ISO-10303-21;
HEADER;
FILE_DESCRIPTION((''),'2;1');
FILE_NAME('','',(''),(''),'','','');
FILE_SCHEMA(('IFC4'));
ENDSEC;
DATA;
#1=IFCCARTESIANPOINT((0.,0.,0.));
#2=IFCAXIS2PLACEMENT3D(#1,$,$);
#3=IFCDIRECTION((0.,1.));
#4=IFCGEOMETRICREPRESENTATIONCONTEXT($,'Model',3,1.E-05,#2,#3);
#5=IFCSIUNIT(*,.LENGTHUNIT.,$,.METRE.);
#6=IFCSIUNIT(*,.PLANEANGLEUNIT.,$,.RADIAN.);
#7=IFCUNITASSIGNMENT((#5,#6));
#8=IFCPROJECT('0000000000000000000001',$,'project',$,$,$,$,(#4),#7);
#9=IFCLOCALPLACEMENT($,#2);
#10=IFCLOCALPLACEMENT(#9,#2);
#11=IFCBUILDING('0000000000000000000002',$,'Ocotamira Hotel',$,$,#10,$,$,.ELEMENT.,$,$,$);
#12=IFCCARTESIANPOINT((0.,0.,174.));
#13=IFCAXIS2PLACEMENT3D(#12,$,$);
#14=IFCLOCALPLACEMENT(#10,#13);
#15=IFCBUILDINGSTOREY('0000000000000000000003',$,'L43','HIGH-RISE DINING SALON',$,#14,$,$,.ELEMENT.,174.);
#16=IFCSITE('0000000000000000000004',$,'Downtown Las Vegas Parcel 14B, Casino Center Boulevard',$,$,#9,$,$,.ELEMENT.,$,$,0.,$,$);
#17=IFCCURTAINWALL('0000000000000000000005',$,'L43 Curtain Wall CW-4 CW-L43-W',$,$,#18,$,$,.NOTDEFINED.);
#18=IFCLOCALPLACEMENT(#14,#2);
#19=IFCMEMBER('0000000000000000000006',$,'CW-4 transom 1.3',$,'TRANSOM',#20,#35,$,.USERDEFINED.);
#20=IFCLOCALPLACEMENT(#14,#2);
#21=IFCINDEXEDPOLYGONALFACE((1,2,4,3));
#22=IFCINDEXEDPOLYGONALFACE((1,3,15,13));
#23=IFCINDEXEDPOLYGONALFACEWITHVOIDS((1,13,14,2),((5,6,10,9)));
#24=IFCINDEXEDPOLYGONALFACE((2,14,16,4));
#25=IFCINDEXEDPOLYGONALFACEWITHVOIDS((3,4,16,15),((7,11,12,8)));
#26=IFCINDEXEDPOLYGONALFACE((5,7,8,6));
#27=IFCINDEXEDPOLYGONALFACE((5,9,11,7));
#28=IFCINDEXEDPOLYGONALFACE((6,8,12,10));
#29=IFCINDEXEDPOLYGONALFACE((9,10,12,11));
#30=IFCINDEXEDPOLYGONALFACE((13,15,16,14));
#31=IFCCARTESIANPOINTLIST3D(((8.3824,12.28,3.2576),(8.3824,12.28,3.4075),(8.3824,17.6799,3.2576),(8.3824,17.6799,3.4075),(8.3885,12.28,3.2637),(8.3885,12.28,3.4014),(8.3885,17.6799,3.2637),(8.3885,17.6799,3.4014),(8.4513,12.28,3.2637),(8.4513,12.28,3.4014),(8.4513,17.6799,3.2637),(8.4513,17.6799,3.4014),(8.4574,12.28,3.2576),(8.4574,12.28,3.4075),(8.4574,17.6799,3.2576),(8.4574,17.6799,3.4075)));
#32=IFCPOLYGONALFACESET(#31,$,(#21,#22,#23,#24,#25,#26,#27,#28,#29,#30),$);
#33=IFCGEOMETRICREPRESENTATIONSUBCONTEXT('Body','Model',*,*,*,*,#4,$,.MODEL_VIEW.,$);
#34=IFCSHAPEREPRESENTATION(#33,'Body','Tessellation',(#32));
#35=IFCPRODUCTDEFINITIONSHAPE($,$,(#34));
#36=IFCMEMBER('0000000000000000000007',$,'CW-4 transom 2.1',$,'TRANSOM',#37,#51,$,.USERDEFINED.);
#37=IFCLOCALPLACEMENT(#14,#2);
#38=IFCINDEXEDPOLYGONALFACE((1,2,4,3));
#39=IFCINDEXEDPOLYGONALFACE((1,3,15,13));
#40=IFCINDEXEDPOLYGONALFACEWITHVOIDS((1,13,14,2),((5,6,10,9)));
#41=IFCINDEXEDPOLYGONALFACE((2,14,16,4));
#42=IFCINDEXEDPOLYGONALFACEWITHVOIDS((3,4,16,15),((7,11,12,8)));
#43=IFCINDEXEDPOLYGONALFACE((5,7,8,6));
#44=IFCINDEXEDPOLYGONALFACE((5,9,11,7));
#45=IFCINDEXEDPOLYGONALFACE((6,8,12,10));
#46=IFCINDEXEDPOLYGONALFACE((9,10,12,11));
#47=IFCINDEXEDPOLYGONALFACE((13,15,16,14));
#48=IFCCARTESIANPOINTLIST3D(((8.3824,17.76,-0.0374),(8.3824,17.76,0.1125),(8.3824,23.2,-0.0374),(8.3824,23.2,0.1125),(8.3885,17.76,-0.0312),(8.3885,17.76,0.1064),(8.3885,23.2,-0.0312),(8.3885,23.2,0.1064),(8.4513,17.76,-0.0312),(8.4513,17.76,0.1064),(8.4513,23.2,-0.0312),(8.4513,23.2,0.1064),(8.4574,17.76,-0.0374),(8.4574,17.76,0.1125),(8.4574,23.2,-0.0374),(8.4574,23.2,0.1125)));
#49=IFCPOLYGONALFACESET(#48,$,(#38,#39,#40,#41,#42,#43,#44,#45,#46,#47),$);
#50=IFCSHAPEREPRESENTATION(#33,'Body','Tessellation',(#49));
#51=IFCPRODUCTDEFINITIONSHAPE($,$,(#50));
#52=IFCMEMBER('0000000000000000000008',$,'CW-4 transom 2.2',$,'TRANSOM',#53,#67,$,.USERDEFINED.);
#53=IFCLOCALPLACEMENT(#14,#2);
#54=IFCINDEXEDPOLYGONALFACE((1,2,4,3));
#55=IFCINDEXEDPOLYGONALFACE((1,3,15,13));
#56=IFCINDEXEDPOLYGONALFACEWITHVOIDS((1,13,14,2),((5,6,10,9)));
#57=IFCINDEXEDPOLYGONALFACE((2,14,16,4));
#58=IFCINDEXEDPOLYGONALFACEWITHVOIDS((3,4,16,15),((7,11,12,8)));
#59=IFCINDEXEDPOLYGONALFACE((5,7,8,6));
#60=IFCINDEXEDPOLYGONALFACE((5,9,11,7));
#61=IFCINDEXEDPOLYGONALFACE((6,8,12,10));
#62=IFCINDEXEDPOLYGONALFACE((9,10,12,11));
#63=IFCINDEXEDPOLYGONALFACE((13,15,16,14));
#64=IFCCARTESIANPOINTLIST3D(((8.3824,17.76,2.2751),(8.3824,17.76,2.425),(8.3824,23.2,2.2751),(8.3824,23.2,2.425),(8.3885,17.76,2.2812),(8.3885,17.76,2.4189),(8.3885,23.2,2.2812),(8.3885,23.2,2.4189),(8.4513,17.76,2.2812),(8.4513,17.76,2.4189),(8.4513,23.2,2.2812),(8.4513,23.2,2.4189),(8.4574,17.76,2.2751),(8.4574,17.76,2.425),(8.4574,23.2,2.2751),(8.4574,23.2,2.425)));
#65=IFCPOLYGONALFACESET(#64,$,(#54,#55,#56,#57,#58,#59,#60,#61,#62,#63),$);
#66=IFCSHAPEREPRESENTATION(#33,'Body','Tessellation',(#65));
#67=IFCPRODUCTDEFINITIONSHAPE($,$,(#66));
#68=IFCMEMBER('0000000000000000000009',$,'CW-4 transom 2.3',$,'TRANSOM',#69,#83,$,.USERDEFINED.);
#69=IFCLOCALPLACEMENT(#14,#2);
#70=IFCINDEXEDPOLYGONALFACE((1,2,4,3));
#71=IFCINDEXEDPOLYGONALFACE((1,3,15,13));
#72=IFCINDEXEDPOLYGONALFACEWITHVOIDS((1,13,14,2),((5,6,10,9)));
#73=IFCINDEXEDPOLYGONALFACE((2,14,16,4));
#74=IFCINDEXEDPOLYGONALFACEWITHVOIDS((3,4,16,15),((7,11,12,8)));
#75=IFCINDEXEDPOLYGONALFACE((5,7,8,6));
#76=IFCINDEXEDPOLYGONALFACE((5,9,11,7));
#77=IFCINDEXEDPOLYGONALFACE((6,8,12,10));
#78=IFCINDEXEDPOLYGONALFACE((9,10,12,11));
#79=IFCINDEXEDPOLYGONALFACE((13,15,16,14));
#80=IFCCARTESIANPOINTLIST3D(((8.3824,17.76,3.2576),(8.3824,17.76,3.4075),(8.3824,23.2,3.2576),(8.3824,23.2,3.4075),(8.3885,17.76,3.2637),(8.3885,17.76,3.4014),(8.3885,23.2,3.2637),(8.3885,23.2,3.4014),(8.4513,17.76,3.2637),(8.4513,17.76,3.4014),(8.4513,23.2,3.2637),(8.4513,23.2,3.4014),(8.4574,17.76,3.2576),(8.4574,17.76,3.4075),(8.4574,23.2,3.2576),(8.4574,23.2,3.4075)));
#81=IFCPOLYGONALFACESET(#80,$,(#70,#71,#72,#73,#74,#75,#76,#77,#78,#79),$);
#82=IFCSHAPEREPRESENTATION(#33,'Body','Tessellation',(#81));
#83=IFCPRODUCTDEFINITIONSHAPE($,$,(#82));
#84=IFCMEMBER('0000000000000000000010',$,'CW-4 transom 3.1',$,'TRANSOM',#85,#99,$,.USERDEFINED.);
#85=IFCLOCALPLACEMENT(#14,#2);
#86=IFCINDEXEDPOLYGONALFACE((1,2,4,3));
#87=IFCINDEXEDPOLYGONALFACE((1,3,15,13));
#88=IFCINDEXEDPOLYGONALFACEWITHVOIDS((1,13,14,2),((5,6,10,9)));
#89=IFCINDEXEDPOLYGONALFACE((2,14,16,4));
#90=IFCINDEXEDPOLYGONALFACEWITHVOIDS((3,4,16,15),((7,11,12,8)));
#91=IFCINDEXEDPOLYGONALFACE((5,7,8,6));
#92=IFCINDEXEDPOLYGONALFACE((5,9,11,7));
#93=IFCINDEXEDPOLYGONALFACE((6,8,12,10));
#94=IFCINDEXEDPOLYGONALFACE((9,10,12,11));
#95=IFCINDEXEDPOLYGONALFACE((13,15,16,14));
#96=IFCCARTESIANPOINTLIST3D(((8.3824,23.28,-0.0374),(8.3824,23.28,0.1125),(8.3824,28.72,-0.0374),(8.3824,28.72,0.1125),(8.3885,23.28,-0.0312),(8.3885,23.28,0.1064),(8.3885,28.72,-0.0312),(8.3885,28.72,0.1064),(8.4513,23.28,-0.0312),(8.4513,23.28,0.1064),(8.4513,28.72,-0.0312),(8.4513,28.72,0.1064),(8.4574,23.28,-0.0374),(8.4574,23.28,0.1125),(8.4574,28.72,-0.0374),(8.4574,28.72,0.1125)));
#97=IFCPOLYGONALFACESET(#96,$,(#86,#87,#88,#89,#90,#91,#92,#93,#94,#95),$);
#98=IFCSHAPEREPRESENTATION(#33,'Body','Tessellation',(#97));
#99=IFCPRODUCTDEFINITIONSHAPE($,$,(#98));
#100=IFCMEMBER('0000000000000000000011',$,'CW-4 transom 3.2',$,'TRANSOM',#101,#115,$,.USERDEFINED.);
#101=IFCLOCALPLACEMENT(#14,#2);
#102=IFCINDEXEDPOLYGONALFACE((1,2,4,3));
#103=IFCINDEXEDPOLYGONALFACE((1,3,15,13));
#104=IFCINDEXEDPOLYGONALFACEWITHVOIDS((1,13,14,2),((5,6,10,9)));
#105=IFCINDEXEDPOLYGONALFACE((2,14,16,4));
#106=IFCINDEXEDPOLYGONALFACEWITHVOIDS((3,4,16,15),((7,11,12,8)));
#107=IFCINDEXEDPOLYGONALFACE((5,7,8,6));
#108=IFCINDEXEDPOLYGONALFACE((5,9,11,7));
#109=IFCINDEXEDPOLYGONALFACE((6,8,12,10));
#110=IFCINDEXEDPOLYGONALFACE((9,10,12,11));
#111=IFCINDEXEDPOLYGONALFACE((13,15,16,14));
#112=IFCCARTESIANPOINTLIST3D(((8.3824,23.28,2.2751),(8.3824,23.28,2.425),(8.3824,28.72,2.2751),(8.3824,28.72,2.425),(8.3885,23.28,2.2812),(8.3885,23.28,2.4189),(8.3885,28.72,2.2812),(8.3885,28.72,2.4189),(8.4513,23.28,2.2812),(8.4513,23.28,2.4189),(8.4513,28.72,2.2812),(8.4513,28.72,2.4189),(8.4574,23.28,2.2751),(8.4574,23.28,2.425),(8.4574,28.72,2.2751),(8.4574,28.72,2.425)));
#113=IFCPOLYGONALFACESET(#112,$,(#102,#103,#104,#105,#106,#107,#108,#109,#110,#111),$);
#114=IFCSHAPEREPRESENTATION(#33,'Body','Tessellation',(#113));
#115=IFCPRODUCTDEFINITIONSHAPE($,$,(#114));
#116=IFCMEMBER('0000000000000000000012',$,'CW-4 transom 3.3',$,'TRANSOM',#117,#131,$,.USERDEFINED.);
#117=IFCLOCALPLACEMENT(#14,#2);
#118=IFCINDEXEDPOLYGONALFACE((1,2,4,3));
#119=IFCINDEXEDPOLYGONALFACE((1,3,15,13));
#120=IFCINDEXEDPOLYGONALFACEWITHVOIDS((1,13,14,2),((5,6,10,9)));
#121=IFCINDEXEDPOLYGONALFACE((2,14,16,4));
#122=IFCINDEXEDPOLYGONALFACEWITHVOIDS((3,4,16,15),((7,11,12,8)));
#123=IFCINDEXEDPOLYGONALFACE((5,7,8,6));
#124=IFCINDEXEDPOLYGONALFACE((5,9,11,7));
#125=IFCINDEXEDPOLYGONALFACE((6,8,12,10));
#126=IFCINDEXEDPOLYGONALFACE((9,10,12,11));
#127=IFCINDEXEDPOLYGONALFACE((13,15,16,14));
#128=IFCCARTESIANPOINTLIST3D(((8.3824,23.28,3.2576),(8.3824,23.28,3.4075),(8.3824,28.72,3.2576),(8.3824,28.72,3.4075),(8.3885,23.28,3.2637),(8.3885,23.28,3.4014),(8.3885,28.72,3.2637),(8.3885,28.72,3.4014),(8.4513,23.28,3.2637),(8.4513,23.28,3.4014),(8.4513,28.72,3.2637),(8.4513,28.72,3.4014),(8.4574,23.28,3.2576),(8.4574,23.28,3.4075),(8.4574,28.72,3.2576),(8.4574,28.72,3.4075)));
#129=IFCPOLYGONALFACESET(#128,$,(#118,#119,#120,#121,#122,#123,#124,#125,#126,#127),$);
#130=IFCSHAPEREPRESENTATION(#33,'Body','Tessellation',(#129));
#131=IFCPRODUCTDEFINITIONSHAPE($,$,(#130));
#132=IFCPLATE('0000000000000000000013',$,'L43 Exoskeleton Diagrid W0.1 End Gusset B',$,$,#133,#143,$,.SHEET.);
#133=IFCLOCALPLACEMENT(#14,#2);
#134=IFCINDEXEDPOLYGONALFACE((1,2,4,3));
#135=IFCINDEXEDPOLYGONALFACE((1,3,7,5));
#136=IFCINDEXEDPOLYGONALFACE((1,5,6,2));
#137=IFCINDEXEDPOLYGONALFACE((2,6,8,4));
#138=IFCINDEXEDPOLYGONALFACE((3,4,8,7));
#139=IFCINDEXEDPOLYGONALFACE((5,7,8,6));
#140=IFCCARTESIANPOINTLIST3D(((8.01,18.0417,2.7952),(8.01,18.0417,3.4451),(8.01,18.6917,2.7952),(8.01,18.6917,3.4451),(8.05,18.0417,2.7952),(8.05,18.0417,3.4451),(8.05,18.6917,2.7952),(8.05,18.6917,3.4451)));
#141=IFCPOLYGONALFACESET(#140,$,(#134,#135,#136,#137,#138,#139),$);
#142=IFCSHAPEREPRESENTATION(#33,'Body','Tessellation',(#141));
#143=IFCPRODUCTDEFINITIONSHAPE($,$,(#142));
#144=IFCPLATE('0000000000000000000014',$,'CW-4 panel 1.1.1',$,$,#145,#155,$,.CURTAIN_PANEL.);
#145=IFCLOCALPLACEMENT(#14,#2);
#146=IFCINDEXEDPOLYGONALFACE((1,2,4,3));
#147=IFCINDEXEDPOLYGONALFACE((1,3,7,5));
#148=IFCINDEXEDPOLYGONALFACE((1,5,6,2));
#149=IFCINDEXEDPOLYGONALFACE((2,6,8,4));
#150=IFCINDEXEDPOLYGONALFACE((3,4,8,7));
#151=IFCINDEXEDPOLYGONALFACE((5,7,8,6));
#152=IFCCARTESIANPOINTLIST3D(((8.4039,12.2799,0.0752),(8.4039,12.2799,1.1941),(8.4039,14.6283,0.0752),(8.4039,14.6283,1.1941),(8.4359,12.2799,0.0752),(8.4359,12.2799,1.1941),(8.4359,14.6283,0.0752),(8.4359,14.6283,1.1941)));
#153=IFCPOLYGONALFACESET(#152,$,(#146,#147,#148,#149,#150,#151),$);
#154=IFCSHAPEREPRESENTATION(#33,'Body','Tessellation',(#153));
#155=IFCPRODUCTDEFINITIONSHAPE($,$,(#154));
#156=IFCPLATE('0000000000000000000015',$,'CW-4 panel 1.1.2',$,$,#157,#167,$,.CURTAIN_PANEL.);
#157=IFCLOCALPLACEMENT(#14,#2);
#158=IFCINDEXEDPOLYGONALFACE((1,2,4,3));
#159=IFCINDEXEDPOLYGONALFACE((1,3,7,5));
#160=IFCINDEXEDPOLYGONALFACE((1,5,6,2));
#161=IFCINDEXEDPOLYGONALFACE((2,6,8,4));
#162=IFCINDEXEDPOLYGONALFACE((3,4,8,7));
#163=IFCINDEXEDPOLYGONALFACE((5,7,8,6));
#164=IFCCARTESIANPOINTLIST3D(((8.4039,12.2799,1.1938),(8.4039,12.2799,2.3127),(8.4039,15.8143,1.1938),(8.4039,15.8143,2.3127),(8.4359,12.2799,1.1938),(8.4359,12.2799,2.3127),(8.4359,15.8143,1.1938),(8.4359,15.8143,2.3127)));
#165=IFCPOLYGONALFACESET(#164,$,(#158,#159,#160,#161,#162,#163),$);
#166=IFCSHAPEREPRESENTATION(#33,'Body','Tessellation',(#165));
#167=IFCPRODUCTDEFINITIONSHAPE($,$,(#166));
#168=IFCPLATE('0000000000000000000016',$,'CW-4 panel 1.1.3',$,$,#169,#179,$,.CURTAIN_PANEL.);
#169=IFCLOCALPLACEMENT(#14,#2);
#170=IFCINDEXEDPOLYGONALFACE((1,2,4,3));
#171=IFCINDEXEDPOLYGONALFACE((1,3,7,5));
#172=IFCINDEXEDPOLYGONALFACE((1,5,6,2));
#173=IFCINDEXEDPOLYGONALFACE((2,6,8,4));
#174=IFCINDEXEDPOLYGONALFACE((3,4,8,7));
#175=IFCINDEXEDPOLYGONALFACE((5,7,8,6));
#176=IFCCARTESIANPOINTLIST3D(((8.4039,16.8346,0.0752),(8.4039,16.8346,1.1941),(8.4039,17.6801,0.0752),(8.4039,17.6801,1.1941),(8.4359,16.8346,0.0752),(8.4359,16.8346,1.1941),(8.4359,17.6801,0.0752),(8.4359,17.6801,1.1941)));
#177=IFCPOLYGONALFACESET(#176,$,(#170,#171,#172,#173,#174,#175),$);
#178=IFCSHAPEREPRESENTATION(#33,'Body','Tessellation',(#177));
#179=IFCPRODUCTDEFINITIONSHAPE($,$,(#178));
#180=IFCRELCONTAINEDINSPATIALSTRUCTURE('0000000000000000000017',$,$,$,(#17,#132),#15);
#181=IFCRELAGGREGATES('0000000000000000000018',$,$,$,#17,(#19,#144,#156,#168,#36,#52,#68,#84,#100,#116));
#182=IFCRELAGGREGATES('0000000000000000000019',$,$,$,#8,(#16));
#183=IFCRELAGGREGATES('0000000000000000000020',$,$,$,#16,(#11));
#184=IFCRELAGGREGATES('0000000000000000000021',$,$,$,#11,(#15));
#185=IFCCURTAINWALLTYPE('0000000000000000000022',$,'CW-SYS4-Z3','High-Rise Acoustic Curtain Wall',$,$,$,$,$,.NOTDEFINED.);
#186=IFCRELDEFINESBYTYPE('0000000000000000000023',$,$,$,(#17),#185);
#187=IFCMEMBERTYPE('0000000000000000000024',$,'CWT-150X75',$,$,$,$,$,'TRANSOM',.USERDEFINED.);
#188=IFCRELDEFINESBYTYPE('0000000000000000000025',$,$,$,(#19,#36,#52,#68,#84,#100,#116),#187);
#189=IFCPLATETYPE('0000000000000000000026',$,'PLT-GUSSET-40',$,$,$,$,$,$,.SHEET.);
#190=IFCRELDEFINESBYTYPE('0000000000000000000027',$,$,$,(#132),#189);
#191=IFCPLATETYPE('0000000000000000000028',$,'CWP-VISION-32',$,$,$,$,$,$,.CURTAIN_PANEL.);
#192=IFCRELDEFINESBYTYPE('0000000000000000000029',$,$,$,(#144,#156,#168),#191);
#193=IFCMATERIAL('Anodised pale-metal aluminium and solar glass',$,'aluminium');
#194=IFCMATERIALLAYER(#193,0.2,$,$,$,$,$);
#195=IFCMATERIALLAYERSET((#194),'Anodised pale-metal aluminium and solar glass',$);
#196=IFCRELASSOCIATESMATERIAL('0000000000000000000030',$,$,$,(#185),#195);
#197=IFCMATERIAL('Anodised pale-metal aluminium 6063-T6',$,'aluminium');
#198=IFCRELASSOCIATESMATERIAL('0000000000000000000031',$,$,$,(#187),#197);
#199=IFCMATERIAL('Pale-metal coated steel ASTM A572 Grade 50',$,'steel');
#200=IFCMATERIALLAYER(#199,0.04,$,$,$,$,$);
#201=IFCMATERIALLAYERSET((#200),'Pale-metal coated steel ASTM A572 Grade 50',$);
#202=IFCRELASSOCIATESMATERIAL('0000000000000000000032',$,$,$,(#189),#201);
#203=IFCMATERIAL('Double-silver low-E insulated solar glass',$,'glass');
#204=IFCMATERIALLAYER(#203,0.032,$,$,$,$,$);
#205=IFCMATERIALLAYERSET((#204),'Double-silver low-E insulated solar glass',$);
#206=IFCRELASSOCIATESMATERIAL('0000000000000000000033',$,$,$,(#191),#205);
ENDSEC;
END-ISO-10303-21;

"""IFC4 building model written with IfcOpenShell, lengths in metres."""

from ifc_helpers import new_model, si_unit, direction, frame, origin, origin_2d, place, context, subcontext, project, spatial, rectangle, hollow_rectangle, extrude, source, transform, mapped, material, layer, layer_set, material_profile, profile_set, type_object, element, aggregate, save


model = new_model("IFC4")

# Units and contexts
model_context = context("Model", 3, precision=1e-05, world=origin(), true_north=direction((0.0, 1.0)))
body_context = subcontext(model_context, "Body", "Model", "MODEL_VIEW")
ifc_project = project(units=[si_unit("LENGTHUNIT", "METRE"), si_unit("PLANEANGLEUNIT", "RADIAN")], contexts=[model_context])

# Site, building, storey
site_placement = place(None, origin())
site = spatial("IfcSite", under=ifc_project, at=site_placement, Name="Downtown Las Vegas Parcel 14B, Casino Center Boulevard", CompositionType="ELEMENT", RefElevation=0.0)
building_placement = place(site_placement, origin())
building = spatial("IfcBuilding", under=site, at=building_placement, Name="Ocotamira Hotel", CompositionType="ELEMENT")
storey_placement = place(building_placement, frame((0.0, 0.0, 174.0)))
storey = spatial("IfcBuildingStorey", under=building, at=storey_placement, Name="L43", Description="HIGH-RISE DINING SALON", CompositionType="ELEMENT", Elevation=174.0)

# Curtain wall, members
ifc_material_1 = material(Name="Anodised pale-metal aluminium and solar glass", Category="aluminium")
ifc_layer_1 = layer(ifc_material_1, 0.2)
ifc_layer_set_1 = layer_set([ifc_layer_1], Name="Anodised pale-metal aluminium and solar glass")
curtain_wall_type = type_object("IfcCurtainWallType", Name="CW-SYS4-Z3", Description="High-Rise Acoustic Curtain Wall", PredefinedType="NOTDEFINED", material=ifc_layer_set_1)
curtain_wall_placement = place(storey_placement, origin())
curtain_wall = element("IfcCurtainWall", 1, at=curtain_wall_placement, inside=storey, type_object=curtain_wall_type, Name="L43 Curtain Wall CW-4 CW-L43-W", PredefinedType="NOTDEFINED")
ifc_material_2 = material(Name="Anodised pale-metal aluminium 6063-T6", Category="aluminium")
ifc_material_profile_1 = material_profile(ifc_material_2, hollow_rectangle(XDim=0.075, YDim=0.1499, WallThickness=0.0061, at=origin_2d()), Name="HSS150X75X6")
ifc_profile_set_1 = profile_set([ifc_material_profile_1], Name="Anodised pale-metal aluminium 6063-T6")
member_type_1 = type_object("IfcMemberType", Name="CWT-150X75", ElementType="TRANSOM", PredefinedType="USERDEFINED", material=ifc_profile_set_1)
shared_shape_1 = source(origin(), body_context, "Body", "SweptSolid", [
    extrude(hollow_rectangle(XDim=0.075, YDim=0.1499, WallThickness=0.0061, at=origin_2d()), origin(), (0.0, 0.0, 1.0), 5.3999),
])
member_1_placement = place(storey_placement, frame((8.4199, 12.28, 3.3325), z_axis=(0.0, 1.0, 0.0), x_axis=(-1.0, 0.0, 0.0)))
member_1 = element("IfcMember", 2, at=member_1_placement, type_object=member_type_1, Name="CW-4 transom 1.3", ObjectType="TRANSOM", PredefinedType="USERDEFINED", context=body_context, shape_type="MappedRepresentation", body=[
    mapped(shared_shape_1, transform((0.0, 0.0, 0.0), scale=1.0)),
])
shared_shape_2 = source(origin(), body_context, "Body", "SweptSolid", [
    extrude(hollow_rectangle(XDim=0.075, YDim=0.1499, WallThickness=0.0061, at=origin_2d()), origin(), (0.0, 0.0, 1.0), 5.4399),
])
member_2_placement = place(storey_placement, frame((8.4199, 17.76, 0.0376), z_axis=(0.0, 1.0, 0.0), x_axis=(-1.0, 0.0, 0.0)))
member_2 = element("IfcMember", 3, at=member_2_placement, type_object=member_type_1, Name="CW-4 transom 2.1", ObjectType="TRANSOM", PredefinedType="USERDEFINED", context=body_context, shape_type="MappedRepresentation", body=[
    mapped(shared_shape_2, transform((0.0, 0.0, 0.0), scale=1.0)),
])
member_3_placement = place(storey_placement, frame((8.4199, 17.76, 2.3501), z_axis=(0.0, 1.0, 0.0), x_axis=(-1.0, 0.0, 0.0)))
member_3 = element("IfcMember", 4, at=member_3_placement, type_object=member_type_1, Name="CW-4 transom 2.2", ObjectType="TRANSOM", PredefinedType="USERDEFINED", context=body_context, shape_type="MappedRepresentation", body=[
    mapped(shared_shape_2, transform((0.0, 0.0, 0.0), scale=1.0)),
])
member_4_placement = place(storey_placement, frame((8.4199, 17.76, 3.3325), z_axis=(0.0, 1.0, 0.0), x_axis=(-1.0, 0.0, 0.0)))
member_4 = element("IfcMember", 5, at=member_4_placement, type_object=member_type_1, Name="CW-4 transom 2.3", ObjectType="TRANSOM", PredefinedType="USERDEFINED", context=body_context, shape_type="MappedRepresentation", body=[
    mapped(shared_shape_2, transform((0.0, 0.0, 0.0), scale=1.0)),
])
member_5_placement = place(storey_placement, frame((8.4199, 23.28, 0.0376), z_axis=(0.0, 1.0, 0.0), x_axis=(-1.0, 0.0, 0.0)))
member_5 = element("IfcMember", 6, at=member_5_placement, type_object=member_type_1, Name="CW-4 transom 3.1", ObjectType="TRANSOM", PredefinedType="USERDEFINED", context=body_context, shape_type="MappedRepresentation", body=[
    mapped(shared_shape_2, transform((0.0, 0.0, 0.0), scale=1.0)),
])
member_6_placement = place(storey_placement, frame((8.4199, 23.28, 2.3501), z_axis=(0.0, 1.0, 0.0), x_axis=(-1.0, 0.0, 0.0)))
member_6 = element("IfcMember", 7, at=member_6_placement, type_object=member_type_1, Name="CW-4 transom 3.2", ObjectType="TRANSOM", PredefinedType="USERDEFINED", context=body_context, shape_type="MappedRepresentation", body=[
    mapped(shared_shape_2, transform((0.0, 0.0, 0.0), scale=1.0)),
])
member_7_placement = place(storey_placement, frame((8.4199, 23.28, 3.3325), z_axis=(0.0, 1.0, 0.0), x_axis=(-1.0, 0.0, 0.0)))
member_7 = element("IfcMember", 8, at=member_7_placement, type_object=member_type_1, Name="CW-4 transom 3.3", ObjectType="TRANSOM", PredefinedType="USERDEFINED", context=body_context, shape_type="MappedRepresentation", body=[
    mapped(shared_shape_2, transform((0.0, 0.0, 0.0), scale=1.0)),
])

# Plates
ifc_material_3 = material(Name="Pale-metal coated steel ASTM A572 Grade 50", Category="steel")
ifc_layer_2 = layer(ifc_material_3, 0.04)
ifc_layer_set_2 = layer_set([ifc_layer_2], Name="Pale-metal coated steel ASTM A572 Grade 50")
plate_type_1 = type_object("IfcPlateType", Name="PLT-GUSSET-40", PredefinedType="SHEET", material=ifc_layer_set_2)
shared_shape_3 = source(origin(), body_context, "Body", "SweptSolid", [
    extrude(rectangle(XDim=0.04, YDim=0.6499, at=origin_2d()), origin(), (0.0, 0.0, 1.0), 0.6499),
])
plate_1_placement = place(storey_placement, frame((8.03, 18.3667, 2.7952), z_axis=(0.0, 0.0, 1.0), x_axis=(1.0, 0.0, 0.0)))
element("IfcPlate", 9, at=plate_1_placement, inside=storey, type_object=plate_type_1, Name="L43 Exoskeleton Diagrid W0.1 End Gusset B", PredefinedType="SHEET", context=body_context, shape_type="MappedRepresentation", body=[
    mapped(shared_shape_3, transform((0.0, 0.0, 0.0), scale=1.0)),
])
ifc_material_4 = material(Name="Double-silver low-E insulated solar glass", Category="glass")
ifc_layer_3 = layer(ifc_material_4, 0.032)
ifc_layer_set_3 = layer_set([ifc_layer_3], Name="Double-silver low-E insulated solar glass")
plate_type_2 = type_object("IfcPlateType", Name="CWP-VISION-32", PredefinedType="CURTAIN_PANEL", material=ifc_layer_set_3)
shared_shape_4 = source(origin(), body_context, "Body", "SweptSolid", [
    extrude(rectangle(XDim=2.3484, YDim=0.032, at=origin_2d()), origin(), (0.0, 0.0, 1.0), 1.1189),
])
plate_2_placement = place(storey_placement, frame((8.4199, 13.4541, 0.0752), z_axis=(0.0, 0.0, 1.0), x_axis=(0.0, 1.0, 0.0)))
plate_2 = element("IfcPlate", 10, at=plate_2_placement, type_object=plate_type_2, Name="CW-4 panel 1.1.1", PredefinedType="CURTAIN_PANEL", context=body_context, shape_type="MappedRepresentation", body=[
    mapped(shared_shape_4, transform((0.0, 0.0, 0.0), scale=1.0)),
])
shared_shape_5 = source(origin(), body_context, "Body", "SweptSolid", [
    extrude(rectangle(XDim=3.5344, YDim=0.032, at=origin_2d()), origin(), (0.0, 0.0, 1.0), 1.1189),
])
plate_3_placement = place(storey_placement, frame((8.4199, 14.0471, 1.1938), z_axis=(0.0, 0.0, 1.0), x_axis=(0.0, 1.0, 0.0)))
plate_3 = element("IfcPlate", 11, at=plate_3_placement, type_object=plate_type_2, Name="CW-4 panel 1.1.2", PredefinedType="CURTAIN_PANEL", context=body_context, shape_type="MappedRepresentation", body=[
    mapped(shared_shape_5, transform((0.0, 0.0, 0.0), scale=1.0)),
])
shared_shape_6 = source(origin(), body_context, "Body", "SweptSolid", [
    extrude(rectangle(XDim=0.8455, YDim=0.032, at=origin_2d()), origin(), (0.0, 0.0, 1.0), 1.1189),
])
plate_4_placement = place(storey_placement, frame((8.4199, 17.2573, 0.0752), z_axis=(0.0, 0.0, 1.0), x_axis=(0.0, 1.0, 0.0)))
plate_4 = element("IfcPlate", 12, at=plate_4_placement, type_object=plate_type_2, Name="CW-4 panel 1.1.3", PredefinedType="CURTAIN_PANEL", context=body_context, shape_type="MappedRepresentation", body=[
    mapped(shared_shape_6, transform((0.0, 0.0, 0.0), scale=1.0)),
])
aggregate(curtain_wall, [member_1, plate_2, plate_3, plate_4, member_2, member_3, member_4, member_5, member_6, member_7])

save(model, "model.ifc")
